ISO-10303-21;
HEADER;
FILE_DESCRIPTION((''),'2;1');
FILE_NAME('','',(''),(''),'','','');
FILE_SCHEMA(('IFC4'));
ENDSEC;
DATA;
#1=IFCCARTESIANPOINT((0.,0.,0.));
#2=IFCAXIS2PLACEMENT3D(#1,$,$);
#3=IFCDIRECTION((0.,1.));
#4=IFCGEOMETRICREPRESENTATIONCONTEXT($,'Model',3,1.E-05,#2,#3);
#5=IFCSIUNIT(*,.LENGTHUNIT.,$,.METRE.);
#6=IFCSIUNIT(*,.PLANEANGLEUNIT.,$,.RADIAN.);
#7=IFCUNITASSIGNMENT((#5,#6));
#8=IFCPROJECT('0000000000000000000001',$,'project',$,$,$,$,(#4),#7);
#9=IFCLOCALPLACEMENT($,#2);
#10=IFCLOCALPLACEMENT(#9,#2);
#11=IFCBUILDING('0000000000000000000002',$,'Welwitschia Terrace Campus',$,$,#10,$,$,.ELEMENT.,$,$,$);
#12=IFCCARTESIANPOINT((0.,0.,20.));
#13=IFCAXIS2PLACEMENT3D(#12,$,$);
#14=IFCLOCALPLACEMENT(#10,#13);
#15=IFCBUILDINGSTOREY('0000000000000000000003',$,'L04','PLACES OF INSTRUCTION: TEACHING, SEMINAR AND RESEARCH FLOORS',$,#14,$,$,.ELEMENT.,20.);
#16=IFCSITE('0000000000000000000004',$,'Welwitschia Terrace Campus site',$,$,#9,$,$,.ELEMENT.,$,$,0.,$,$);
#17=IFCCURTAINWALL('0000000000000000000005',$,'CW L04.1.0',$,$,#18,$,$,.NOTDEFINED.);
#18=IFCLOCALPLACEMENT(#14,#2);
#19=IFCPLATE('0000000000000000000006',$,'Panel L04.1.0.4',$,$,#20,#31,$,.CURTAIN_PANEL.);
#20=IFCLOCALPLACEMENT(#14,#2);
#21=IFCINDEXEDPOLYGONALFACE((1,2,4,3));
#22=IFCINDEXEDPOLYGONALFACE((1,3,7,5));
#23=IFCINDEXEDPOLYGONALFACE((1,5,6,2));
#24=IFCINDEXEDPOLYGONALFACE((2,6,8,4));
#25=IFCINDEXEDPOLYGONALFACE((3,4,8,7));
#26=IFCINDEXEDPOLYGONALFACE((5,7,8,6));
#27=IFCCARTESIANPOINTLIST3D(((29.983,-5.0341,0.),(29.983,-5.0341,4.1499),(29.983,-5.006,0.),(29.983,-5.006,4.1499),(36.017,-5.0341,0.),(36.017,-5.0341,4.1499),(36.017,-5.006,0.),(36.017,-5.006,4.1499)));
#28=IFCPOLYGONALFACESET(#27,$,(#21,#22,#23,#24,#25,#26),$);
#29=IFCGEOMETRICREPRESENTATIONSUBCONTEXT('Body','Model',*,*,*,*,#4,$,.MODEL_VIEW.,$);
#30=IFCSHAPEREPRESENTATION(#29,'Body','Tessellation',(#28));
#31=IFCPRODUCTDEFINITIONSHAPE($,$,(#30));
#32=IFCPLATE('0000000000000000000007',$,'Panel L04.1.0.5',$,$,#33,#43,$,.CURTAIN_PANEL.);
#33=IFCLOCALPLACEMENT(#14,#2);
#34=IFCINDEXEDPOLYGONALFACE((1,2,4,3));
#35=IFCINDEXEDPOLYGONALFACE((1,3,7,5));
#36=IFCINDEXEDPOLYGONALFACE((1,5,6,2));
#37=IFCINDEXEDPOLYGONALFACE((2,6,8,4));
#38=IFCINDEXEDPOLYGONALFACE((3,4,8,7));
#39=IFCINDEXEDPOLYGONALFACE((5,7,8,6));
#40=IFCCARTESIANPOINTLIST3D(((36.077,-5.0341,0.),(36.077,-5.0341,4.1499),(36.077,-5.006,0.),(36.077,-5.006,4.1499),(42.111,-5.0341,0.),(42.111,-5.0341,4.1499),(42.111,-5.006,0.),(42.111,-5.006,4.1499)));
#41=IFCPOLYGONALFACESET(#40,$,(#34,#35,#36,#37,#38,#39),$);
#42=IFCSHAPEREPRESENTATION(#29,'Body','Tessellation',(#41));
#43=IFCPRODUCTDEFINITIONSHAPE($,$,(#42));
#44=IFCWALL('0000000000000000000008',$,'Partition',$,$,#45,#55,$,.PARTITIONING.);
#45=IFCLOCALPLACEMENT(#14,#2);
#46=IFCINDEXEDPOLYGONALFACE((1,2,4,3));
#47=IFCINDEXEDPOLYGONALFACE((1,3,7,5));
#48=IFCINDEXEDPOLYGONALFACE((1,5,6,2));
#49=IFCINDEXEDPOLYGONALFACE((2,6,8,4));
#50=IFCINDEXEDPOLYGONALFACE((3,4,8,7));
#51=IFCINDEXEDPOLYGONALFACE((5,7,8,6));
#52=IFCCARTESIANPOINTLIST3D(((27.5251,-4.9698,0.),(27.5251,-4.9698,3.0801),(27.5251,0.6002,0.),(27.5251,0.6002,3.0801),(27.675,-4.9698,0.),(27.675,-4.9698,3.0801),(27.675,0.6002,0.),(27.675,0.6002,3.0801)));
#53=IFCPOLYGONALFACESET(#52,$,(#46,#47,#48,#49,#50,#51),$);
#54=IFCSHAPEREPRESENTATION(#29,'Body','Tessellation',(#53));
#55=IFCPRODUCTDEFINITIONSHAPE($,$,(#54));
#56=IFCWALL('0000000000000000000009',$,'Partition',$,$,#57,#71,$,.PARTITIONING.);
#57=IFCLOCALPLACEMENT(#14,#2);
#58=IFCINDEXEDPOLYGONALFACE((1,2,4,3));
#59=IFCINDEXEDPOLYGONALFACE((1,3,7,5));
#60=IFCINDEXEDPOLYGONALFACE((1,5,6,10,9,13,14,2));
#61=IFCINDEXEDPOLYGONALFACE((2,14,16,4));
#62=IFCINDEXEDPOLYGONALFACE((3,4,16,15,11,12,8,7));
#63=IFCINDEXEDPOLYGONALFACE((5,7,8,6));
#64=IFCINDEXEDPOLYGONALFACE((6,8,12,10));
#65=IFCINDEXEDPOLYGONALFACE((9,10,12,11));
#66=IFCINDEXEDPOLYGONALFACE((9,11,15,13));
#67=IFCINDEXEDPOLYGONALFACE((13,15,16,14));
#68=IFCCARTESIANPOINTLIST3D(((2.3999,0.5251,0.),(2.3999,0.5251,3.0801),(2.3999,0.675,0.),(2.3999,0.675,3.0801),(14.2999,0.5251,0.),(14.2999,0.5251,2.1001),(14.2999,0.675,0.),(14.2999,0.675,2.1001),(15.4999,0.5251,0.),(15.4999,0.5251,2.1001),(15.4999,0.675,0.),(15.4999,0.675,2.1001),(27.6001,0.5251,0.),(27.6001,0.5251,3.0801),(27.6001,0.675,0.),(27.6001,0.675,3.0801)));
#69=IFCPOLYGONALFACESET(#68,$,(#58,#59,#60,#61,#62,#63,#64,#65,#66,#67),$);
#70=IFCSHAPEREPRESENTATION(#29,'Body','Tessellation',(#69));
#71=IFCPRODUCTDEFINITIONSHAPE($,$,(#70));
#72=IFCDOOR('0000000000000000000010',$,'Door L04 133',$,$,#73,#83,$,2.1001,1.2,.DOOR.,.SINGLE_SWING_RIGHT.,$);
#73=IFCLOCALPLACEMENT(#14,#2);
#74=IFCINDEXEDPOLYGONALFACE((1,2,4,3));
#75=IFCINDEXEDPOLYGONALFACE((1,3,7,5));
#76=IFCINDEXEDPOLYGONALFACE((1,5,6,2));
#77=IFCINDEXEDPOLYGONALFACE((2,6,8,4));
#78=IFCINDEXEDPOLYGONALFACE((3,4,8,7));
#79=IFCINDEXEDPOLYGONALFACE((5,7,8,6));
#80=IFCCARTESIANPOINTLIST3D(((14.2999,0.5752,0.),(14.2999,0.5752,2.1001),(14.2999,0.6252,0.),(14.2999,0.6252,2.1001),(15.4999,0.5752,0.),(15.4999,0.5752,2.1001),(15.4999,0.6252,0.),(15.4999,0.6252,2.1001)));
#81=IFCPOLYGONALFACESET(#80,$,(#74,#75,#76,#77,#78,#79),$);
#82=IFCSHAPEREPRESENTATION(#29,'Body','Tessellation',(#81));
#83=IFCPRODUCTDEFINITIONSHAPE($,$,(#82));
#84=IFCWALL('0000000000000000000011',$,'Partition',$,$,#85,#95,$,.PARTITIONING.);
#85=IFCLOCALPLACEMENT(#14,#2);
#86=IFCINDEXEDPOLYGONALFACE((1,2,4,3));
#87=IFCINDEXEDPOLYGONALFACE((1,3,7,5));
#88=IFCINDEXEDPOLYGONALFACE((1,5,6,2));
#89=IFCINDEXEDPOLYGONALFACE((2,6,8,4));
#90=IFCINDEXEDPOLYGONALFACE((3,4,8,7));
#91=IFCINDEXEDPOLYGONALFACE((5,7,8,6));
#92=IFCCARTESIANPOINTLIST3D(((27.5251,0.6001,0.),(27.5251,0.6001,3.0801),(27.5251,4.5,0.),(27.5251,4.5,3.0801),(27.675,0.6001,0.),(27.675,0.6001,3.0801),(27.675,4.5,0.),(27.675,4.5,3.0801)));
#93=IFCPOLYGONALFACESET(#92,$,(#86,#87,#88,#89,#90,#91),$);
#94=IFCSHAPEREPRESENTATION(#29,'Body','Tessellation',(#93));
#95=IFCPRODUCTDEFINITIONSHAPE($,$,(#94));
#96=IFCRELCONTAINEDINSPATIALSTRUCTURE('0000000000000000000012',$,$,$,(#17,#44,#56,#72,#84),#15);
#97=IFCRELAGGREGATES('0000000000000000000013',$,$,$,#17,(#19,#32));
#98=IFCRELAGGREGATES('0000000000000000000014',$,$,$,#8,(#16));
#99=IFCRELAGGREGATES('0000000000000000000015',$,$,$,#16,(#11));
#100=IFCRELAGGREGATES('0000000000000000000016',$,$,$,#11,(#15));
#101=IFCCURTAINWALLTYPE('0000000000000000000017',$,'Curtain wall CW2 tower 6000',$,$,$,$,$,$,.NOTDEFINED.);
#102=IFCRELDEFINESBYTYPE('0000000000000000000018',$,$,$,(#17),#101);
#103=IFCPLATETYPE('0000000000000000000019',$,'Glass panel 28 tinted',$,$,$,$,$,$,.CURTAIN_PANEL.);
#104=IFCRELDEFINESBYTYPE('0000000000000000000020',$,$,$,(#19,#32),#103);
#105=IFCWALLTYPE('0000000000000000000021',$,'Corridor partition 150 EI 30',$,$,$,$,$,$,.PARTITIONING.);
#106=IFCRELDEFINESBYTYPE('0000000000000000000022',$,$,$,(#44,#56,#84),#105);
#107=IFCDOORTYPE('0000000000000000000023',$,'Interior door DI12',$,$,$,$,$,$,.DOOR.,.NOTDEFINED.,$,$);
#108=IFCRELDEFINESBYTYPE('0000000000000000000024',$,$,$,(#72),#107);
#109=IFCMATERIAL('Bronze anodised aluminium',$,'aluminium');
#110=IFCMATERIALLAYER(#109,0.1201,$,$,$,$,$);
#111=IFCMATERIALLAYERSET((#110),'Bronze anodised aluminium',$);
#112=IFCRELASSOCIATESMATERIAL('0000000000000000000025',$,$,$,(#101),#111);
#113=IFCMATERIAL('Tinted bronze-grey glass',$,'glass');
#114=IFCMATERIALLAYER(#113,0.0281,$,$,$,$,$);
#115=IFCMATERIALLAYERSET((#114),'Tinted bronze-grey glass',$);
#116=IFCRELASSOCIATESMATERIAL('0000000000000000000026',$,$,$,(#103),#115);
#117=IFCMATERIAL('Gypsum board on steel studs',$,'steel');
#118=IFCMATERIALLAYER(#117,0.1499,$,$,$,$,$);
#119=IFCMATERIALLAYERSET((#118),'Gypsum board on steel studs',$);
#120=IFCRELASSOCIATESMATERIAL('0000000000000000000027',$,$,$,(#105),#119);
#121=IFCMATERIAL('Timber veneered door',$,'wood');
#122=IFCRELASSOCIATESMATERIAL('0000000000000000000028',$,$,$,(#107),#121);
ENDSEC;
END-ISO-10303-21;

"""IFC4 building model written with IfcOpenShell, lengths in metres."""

from ifc_helpers import new_model, si_unit, direction, frame, frame_2d, origin, origin_2d, place, context, subcontext, project, spatial, rectangle, extrude, material, layer, layer_set, type_object, element, fill, aggregate, save


model = new_model("IFC4")

# Units and contexts
model_context = context("Model", 3, precision=1e-05, world=origin(), true_north=direction((0.0, 1.0)))
body_context = subcontext(model_context, "Body", "Model", "MODEL_VIEW")
ifc_project = project(units=[si_unit("LENGTHUNIT", "METRE"), si_unit("PLANEANGLEUNIT", "RADIAN")], contexts=[model_context])

# Site, building, storey
site_placement = place(None, origin())
site = spatial("IfcSite", under=ifc_project, at=site_placement, Name="Welwitschia Terrace Campus site", CompositionType="ELEMENT", RefElevation=0.0)
building_placement = place(site_placement, origin())
building = spatial("IfcBuilding", under=site, at=building_placement, Name="Welwitschia Terrace Campus", CompositionType="ELEMENT")
storey_placement = place(building_placement, frame((0.0, 0.0, 20.0)))
storey = spatial("IfcBuildingStorey", under=building, at=storey_placement, Name="L04", Description="PLACES OF INSTRUCTION: TEACHING, SEMINAR AND RESEARCH FLOORS", CompositionType="ELEMENT", Elevation=20.0)

# Curtain wall
ifc_material_1 = material(Name="Bronze anodised aluminium", Category="aluminium")
ifc_layer_1 = layer(ifc_material_1, 0.1201)
ifc_layer_set_1 = layer_set([ifc_layer_1], Name="Bronze anodised aluminium")
curtain_wall_type = type_object("IfcCurtainWallType", Name="Curtain wall CW2 tower 6000", PredefinedType="NOTDEFINED", material=ifc_layer_set_1)
curtain_wall_placement = place(storey_placement, origin())
curtain_wall = element("IfcCurtainWall", 1, at=curtain_wall_placement, inside=storey, type_object=curtain_wall_type, Name="CW L04.1.0", PredefinedType="NOTDEFINED")

# Plates
ifc_material_2 = material(Name="Tinted bronze-grey glass", Category="glass")
ifc_layer_2 = layer(ifc_material_2, 0.0281)
ifc_layer_set_2 = layer_set([ifc_layer_2], Name="Tinted bronze-grey glass")
plate_type = type_object("IfcPlateType", Name="Glass panel 28 tinted", PredefinedType="CURTAIN_PANEL", material=ifc_layer_set_2)
plate_1_placement = place(storey_placement, frame((33.0, -5.02, 0.0), z_axis=(0.0, 0.0, 1.0), x_axis=(1.0, 0.0, 0.0)))
plate_1 = element("IfcPlate", 2, at=plate_1_placement, type_object=plate_type, Name="Panel L04.1.0.4", PredefinedType="CURTAIN_PANEL", context=body_context, shape_type="SweptSolid", body=[
    extrude(rectangle(XDim=6.0339, YDim=0.0281, at=origin_2d()), origin(), (0.0, 0.0, 1.0), 4.1499),
])
plate_2_placement = place(storey_placement, frame((39.094, -5.02, 0.0), z_axis=(0.0, 0.0, 1.0), x_axis=(1.0, 0.0, 0.0)))
plate_2 = element("IfcPlate", 3, at=plate_2_placement, type_object=plate_type, Name="Panel L04.1.0.5", PredefinedType="CURTAIN_PANEL", context=body_context, shape_type="SweptSolid", body=[
    extrude(rectangle(XDim=6.0339, YDim=0.0281, at=origin_2d()), origin(), (0.0, 0.0, 1.0), 4.1499),
])
aggregate(curtain_wall, [plate_1, plate_2])

# Wall
ifc_material_3 = material(Name="Gypsum board on steel studs", Category="steel")
ifc_layer_3 = layer(ifc_material_3, 0.1499)
ifc_layer_set_3 = layer_set([ifc_layer_3], Name="Gypsum board on steel studs")
wall_type = type_object("IfcWallType", Name="Corridor partition 150 EI 30", PredefinedType="PARTITIONING", material=ifc_layer_set_3)
wall_1_placement = place(storey_placement, frame((27.6001, -4.97, 0.0), z_axis=(0.0, 0.0, 1.0), x_axis=(0.0, 1.0, 0.0)))
element("IfcWall", 4, at=wall_1_placement, inside=storey, type_object=wall_type, Name="Partition", PredefinedType="PARTITIONING", context=body_context, shape_type="SweptSolid", body=[
    extrude(rectangle(XDim=5.5701, YDim=0.1499, at=frame_2d((2.7852, 0.0))), origin(), (0.0, 0.0, 1.0), 3.0801),
])

# Wall, opening, door
wall_2_placement = place(storey_placement, frame((27.6001, 0.6001, 0.0), z_axis=(0.0, 0.0, 1.0), x_axis=(-1.0, 0.0, 0.0)))
wall_2 = element("IfcWall", 5, at=wall_2_placement, inside=storey, type_object=wall_type, Name="Partition", PredefinedType="PARTITIONING", context=body_context, shape_type="SweptSolid", body=[
    extrude(rectangle(XDim=25.2002, YDim=0.1499, at=frame_2d((12.6001, 0.0))), origin(), (0.0, 0.0, 1.0), 3.0801),
])
opening_placement = place(wall_2_placement, frame((12.1001, 0.0, 0.0)))
opening = element("IfcOpeningElement", 6, at=opening_placement, cuts=wall_2, PredefinedType="OPENING", context=body_context, shape_type="SweptSolid", body=[
    extrude(rectangle(XDim=1.2, YDim=2.1001, at=frame_2d((0.6001, 1.05))), frame((0.0, 0.085, 0.0), z_axis=(0.0, -1.0, 0.0), x_axis=(1.0, 0.0, 0.0)), (0.0, 0.0, 1.0), 0.1699),
])
ifc_material_4 = material(Name="Timber veneered door", Category="wood")
door_type = type_object("IfcDoorType", Name="Interior door DI12", OperationType="NOTDEFINED", PredefinedType="DOOR", material=ifc_material_4)
door_placement = place(opening_placement, origin())
door = element("IfcDoor", 7, at=door_placement, inside=storey, type_object=door_type, Name="Door L04 133", OperationType="SINGLE_SWING_RIGHT", OverallHeight=2.1001, OverallWidth=1.2, PredefinedType="DOOR", context=body_context, shape_type="SweptSolid", body=[
    extrude(rectangle(XDim=1.2, YDim=2.1001, at=frame_2d((0.6001, 1.05))), frame((0.0, 0.0249, 0.0), z_axis=(0.0, -1.0, 0.0), x_axis=(1.0, 0.0, 0.0)), (0.0, 0.0, 1.0), 0.05),
])
fill(opening, door)

# Wall
wall_3_placement = place(storey_placement, frame((27.6001, 0.6001, 0.0), z_axis=(0.0, 0.0, 1.0), x_axis=(0.0, 1.0, 0.0)))
element("IfcWall", 8, at=wall_3_placement, inside=storey, type_object=wall_type, Name="Partition", PredefinedType="PARTITIONING", context=body_context, shape_type="SweptSolid", body=[
    extrude(rectangle(XDim=3.8999, YDim=0.1499, at=frame_2d((1.95, 0.0))), origin(), (0.0, 0.0, 1.0), 3.0801),
])

save(model, "model.ifc")
